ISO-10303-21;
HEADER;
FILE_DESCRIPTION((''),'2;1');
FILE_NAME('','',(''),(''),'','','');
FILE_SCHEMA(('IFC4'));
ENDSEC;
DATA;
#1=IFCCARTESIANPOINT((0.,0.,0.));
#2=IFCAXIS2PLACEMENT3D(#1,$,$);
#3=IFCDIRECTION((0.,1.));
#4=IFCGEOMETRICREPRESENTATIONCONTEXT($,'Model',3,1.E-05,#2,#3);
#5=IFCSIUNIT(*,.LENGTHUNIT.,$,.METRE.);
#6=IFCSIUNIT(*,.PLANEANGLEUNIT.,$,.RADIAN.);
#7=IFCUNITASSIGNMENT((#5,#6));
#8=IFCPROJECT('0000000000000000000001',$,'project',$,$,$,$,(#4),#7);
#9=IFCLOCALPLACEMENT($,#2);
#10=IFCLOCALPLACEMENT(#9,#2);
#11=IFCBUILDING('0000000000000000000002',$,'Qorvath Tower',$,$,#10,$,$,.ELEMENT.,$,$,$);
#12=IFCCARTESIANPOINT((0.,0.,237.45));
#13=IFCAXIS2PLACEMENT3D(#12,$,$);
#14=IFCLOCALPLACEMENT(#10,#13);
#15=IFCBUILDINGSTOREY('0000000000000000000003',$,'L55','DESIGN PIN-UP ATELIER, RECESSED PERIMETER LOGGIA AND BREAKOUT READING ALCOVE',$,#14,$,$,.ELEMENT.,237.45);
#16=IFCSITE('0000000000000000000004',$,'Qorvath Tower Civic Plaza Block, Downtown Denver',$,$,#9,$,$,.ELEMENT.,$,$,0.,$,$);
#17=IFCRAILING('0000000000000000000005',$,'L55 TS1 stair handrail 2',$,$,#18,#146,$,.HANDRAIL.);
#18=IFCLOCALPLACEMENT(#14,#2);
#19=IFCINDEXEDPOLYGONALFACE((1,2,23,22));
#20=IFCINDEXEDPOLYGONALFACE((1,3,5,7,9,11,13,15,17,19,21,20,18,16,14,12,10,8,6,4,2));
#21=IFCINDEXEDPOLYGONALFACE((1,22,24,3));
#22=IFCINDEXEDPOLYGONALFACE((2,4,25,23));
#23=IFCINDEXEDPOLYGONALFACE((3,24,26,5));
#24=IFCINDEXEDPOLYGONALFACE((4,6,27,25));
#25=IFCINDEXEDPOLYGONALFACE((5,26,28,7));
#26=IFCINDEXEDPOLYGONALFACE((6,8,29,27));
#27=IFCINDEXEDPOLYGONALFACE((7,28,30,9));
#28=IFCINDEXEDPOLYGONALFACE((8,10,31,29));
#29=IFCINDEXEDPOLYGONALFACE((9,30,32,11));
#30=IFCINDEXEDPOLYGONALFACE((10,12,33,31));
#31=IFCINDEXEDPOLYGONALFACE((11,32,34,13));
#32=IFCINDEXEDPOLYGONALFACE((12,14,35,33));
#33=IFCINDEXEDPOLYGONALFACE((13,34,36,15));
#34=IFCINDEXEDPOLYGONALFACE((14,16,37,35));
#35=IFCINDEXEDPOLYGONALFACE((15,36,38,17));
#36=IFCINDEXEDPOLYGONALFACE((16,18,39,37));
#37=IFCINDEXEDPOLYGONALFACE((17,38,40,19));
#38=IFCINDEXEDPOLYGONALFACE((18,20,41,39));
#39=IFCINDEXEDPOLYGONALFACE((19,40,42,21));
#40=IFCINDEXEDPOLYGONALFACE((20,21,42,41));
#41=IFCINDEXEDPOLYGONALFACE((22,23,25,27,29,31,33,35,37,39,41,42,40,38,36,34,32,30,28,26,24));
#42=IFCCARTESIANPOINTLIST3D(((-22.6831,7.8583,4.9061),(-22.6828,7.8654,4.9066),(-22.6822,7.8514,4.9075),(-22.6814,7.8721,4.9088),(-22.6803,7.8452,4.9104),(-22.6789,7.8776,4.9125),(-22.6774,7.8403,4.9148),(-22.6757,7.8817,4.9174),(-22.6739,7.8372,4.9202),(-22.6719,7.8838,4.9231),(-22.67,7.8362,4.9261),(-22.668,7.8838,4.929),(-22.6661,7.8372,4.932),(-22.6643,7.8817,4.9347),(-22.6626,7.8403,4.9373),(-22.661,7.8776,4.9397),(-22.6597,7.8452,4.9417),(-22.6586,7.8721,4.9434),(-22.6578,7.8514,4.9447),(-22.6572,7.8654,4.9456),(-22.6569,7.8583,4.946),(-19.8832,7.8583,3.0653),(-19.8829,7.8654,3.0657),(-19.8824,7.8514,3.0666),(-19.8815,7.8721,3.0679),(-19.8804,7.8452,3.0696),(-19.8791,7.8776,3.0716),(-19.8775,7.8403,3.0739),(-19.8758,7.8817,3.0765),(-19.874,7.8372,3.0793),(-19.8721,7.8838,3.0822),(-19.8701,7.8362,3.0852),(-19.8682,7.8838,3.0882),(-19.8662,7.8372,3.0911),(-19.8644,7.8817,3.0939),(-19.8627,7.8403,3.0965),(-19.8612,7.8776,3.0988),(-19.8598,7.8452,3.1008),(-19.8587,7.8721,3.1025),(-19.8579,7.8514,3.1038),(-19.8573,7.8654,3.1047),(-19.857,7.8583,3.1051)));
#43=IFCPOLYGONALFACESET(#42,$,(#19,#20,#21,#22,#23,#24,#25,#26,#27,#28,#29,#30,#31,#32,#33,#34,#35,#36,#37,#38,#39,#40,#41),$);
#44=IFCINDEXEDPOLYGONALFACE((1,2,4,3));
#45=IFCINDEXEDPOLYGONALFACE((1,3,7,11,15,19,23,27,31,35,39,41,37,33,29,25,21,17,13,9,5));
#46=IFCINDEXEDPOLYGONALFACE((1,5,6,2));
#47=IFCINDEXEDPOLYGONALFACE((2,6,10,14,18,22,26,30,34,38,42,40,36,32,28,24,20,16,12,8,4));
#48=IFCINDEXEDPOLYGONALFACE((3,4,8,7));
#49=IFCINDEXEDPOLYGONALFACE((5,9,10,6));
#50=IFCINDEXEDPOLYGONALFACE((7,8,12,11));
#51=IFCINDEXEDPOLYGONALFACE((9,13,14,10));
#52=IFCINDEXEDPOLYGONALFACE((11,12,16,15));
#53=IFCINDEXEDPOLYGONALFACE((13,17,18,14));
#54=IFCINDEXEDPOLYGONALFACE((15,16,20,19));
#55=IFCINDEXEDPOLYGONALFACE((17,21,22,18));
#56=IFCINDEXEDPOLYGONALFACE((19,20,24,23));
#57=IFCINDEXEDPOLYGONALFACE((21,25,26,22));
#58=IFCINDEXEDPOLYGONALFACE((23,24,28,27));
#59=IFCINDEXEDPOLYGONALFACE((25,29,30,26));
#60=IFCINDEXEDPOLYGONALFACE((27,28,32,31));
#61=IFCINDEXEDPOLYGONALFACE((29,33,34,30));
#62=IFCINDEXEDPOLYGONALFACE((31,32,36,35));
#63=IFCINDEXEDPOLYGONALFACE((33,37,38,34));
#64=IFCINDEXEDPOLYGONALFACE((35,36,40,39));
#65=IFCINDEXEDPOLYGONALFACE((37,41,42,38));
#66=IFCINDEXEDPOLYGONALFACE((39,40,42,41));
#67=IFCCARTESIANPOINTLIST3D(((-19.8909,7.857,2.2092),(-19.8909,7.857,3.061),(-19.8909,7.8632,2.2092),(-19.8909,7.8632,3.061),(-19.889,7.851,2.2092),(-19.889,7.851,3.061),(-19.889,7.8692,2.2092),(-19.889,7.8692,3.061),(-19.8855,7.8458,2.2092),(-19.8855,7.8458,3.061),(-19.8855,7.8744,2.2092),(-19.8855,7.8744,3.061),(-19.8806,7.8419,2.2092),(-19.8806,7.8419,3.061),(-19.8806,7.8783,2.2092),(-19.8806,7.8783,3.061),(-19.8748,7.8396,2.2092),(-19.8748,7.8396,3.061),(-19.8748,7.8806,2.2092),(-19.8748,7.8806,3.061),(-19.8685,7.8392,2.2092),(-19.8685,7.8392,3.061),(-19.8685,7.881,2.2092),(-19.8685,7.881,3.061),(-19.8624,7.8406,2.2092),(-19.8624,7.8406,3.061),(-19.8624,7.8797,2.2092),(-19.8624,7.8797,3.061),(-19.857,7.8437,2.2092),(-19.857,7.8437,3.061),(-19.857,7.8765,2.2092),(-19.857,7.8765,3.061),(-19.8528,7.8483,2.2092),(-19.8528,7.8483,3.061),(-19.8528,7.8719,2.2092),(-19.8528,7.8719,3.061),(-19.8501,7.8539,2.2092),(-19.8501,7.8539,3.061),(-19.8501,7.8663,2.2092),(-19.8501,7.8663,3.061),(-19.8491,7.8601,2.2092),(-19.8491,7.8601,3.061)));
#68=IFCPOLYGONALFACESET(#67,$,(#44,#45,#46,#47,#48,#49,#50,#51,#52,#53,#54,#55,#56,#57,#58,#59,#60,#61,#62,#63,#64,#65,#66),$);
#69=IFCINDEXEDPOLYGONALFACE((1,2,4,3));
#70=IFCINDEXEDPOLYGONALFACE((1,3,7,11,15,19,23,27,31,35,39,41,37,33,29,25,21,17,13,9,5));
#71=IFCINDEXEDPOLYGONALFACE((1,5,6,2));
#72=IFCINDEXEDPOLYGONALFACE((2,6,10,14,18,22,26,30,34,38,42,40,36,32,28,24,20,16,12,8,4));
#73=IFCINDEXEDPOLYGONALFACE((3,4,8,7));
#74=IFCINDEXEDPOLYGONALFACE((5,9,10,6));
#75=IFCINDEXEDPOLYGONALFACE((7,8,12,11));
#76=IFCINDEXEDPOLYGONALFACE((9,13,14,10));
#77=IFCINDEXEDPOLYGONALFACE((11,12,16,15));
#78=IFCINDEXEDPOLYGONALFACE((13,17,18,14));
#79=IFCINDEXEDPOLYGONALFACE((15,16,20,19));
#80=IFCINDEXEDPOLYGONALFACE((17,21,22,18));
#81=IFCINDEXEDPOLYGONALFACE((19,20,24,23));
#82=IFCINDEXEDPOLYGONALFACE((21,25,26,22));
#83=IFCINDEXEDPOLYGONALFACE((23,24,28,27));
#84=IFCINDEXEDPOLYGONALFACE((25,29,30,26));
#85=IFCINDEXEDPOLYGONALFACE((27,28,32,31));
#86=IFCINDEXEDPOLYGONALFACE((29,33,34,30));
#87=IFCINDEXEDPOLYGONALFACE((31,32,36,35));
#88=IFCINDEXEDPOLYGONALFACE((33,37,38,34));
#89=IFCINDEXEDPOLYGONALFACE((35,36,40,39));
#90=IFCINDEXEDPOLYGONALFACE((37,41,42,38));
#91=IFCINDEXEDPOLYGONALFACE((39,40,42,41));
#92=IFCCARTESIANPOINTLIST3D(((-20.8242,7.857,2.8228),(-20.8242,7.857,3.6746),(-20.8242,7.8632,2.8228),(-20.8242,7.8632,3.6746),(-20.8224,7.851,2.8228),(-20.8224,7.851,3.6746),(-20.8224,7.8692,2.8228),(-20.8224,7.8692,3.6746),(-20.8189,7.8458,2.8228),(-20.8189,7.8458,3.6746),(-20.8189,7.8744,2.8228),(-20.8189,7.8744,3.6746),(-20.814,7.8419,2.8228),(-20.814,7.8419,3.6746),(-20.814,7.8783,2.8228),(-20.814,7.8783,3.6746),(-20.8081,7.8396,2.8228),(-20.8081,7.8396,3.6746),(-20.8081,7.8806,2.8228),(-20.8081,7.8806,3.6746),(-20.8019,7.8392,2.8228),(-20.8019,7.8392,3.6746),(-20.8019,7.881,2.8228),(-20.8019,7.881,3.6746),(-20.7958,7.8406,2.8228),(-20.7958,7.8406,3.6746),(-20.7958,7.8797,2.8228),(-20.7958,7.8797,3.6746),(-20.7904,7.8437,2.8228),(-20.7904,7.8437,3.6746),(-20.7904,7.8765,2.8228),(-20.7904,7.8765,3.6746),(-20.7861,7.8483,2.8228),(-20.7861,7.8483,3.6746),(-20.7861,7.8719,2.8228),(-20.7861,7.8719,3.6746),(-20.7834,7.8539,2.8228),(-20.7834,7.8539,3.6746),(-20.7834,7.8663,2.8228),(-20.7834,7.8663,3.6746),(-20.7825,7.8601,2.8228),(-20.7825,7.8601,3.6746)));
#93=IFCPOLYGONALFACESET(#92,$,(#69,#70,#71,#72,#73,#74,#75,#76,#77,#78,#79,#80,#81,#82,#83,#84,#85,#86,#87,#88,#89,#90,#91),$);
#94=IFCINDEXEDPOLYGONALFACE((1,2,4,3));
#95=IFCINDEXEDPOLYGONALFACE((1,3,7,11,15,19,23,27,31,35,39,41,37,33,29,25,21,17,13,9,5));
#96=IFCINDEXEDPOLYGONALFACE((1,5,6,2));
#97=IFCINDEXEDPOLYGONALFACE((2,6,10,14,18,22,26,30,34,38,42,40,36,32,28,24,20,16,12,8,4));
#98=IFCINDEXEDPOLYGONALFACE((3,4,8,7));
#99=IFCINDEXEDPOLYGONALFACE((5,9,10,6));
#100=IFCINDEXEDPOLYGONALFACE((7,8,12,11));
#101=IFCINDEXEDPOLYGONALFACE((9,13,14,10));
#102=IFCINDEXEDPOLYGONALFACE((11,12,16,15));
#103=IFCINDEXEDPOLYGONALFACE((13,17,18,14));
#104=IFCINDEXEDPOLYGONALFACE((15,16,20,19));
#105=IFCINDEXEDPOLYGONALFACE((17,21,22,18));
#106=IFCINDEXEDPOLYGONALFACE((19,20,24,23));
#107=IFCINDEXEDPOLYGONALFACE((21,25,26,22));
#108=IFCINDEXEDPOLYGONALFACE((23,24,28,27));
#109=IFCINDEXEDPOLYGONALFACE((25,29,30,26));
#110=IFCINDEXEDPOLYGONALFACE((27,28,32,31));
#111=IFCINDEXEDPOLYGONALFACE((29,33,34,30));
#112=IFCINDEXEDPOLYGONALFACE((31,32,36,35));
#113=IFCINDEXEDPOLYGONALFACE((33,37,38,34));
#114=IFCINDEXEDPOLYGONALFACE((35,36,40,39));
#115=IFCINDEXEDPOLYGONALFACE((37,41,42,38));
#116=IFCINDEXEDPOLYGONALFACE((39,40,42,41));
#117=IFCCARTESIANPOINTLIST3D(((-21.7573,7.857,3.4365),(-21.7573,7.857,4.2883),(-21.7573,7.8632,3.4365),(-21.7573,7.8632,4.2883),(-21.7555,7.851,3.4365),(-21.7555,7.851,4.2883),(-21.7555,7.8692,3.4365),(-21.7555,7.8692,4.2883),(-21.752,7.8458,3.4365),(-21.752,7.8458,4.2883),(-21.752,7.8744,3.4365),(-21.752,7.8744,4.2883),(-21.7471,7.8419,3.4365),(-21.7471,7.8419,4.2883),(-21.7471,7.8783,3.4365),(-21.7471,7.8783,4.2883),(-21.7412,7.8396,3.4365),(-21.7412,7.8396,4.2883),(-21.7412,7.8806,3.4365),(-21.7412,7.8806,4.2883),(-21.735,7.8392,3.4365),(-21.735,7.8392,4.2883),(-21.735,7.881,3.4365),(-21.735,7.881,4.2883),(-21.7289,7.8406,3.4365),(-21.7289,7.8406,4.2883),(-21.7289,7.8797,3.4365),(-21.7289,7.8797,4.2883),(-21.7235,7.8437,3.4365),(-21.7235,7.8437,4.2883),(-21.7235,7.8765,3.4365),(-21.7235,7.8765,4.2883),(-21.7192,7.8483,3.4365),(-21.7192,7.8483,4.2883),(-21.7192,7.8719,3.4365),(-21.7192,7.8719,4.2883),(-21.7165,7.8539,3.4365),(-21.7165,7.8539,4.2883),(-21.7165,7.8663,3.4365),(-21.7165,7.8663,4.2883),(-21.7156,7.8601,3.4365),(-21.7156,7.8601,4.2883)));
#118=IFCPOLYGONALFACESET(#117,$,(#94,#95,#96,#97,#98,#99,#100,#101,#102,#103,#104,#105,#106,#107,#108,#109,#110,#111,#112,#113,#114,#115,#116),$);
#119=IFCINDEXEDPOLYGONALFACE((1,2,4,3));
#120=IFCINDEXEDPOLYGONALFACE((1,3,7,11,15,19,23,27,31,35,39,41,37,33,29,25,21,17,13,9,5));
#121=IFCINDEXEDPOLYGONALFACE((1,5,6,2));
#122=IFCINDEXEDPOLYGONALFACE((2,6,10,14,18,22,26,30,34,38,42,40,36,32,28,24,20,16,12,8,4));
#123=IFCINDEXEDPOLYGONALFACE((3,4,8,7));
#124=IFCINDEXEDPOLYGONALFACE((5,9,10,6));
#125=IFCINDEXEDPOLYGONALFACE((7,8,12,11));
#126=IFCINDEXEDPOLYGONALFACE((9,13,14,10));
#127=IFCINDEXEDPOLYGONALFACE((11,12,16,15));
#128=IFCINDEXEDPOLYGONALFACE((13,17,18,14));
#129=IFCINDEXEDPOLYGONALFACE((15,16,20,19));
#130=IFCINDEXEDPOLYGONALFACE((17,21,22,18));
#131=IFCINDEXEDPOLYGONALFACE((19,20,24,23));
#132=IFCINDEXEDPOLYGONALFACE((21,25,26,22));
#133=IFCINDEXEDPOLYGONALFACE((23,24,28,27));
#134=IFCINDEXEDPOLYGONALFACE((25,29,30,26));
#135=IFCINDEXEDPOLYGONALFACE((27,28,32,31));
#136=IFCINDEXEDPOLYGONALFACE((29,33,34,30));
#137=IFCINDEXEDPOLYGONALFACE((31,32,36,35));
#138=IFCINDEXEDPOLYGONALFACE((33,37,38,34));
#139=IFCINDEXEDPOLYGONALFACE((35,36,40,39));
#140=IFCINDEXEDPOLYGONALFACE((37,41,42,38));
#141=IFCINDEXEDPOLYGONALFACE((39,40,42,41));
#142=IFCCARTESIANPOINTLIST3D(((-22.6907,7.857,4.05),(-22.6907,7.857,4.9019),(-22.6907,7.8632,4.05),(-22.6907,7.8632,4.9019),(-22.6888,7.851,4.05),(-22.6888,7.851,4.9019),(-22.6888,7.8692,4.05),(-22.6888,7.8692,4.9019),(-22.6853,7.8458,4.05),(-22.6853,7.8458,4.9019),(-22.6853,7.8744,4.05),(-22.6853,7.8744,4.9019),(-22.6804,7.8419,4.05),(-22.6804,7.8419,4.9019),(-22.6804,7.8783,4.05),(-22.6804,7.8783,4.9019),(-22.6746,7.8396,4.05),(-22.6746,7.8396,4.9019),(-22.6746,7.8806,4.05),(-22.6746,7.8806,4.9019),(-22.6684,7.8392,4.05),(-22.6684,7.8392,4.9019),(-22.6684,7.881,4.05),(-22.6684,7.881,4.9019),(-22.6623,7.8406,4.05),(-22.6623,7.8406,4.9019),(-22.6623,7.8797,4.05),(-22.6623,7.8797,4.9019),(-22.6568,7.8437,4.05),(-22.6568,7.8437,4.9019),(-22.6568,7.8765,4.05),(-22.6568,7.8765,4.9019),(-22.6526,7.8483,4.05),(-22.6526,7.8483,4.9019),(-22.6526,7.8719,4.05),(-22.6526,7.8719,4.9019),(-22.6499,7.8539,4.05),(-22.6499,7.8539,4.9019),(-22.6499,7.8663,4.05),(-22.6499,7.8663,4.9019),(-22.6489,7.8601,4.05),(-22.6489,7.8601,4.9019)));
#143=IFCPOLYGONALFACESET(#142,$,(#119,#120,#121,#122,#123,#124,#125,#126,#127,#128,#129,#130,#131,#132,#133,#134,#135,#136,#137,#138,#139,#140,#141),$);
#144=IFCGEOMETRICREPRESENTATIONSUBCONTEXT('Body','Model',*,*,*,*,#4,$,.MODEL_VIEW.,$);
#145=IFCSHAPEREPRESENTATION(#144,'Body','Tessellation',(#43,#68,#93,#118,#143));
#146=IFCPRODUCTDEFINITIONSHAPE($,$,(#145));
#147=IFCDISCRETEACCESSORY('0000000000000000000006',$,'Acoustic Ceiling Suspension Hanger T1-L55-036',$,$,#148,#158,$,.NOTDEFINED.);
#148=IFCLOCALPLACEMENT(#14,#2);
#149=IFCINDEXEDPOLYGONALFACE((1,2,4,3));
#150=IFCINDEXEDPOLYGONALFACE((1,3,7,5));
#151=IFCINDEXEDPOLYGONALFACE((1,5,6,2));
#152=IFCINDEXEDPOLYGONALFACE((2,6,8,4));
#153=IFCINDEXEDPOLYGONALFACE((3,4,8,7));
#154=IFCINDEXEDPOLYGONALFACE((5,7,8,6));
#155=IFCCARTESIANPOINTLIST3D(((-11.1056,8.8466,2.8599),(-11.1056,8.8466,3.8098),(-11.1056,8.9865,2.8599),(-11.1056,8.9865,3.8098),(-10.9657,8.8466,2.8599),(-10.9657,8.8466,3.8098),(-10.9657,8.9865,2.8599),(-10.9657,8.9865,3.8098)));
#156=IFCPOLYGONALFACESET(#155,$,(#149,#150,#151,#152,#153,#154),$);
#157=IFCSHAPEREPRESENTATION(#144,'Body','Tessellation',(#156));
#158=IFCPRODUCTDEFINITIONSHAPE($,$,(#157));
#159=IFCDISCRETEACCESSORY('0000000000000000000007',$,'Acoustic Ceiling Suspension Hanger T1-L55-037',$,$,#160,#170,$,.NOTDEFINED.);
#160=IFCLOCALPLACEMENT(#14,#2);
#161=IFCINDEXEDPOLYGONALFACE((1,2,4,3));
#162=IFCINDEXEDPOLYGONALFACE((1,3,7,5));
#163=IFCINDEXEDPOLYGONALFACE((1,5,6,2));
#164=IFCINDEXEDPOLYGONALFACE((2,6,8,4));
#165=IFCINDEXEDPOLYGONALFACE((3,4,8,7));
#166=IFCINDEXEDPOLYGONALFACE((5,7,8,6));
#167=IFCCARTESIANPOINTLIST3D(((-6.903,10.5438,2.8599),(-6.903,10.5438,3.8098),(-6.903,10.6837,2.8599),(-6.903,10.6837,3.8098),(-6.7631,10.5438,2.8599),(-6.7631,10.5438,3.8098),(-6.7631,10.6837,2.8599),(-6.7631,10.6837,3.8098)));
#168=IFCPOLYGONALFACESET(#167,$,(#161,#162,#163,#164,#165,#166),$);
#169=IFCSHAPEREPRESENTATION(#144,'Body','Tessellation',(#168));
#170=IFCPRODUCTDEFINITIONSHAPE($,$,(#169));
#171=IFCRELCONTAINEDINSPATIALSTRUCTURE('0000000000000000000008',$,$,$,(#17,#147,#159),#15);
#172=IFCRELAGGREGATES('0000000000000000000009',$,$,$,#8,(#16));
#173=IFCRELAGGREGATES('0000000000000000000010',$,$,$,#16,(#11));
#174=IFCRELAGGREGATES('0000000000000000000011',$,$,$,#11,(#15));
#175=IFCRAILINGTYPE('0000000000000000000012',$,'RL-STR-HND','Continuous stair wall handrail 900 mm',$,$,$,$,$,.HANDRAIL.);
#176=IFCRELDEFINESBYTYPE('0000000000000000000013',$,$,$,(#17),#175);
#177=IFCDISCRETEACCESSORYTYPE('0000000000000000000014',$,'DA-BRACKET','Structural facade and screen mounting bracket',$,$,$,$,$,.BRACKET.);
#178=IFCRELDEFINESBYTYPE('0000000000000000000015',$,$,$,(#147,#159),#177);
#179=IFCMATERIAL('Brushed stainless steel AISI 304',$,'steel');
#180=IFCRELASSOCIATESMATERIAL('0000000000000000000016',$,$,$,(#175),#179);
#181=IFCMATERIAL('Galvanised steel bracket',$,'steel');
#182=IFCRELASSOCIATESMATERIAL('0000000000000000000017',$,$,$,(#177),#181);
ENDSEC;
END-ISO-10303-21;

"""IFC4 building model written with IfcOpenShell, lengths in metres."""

from ifc_helpers import new_model, si_unit, direction, frame, origin, origin_2d, place, context, subcontext, project, spatial, rectangle, circle, extrude, material, type_object, element, save


model = new_model("IFC4")

# Units and contexts
model_context = context("Model", 3, precision=1e-05, world=origin(), true_north=direction((0.0, 1.0)))
body_context = subcontext(model_context, "Body", "Model", "MODEL_VIEW")
ifc_project = project(units=[si_unit("LENGTHUNIT", "METRE"), si_unit("PLANEANGLEUNIT", "RADIAN")], contexts=[model_context])

# Site, building, storey
site_placement = place(None, origin())
site = spatial("IfcSite", under=ifc_project, at=site_placement, Name="Qorvath Tower Civic Plaza Block, Downtown Denver", CompositionType="ELEMENT", RefElevation=0.0)
building_placement = place(site_placement, origin())
building = spatial("IfcBuilding", under=site, at=building_placement, Name="Qorvath Tower", CompositionType="ELEMENT")
storey_placement = place(building_placement, frame((0.0, 0.0, 237.45)))
storey = spatial("IfcBuildingStorey", under=building, at=storey_placement, Name="L55", Description="DESIGN PIN-UP ATELIER, RECESSED PERIMETER LOGGIA AND BREAKOUT READING ALCOVE", CompositionType="ELEMENT", Elevation=237.45)

# Railing
ifc_material_1 = material(Name="Brushed stainless steel AISI 304", Category="steel")
railing_type_1 = type_object("IfcRailingType", Name="RL-STR-HND", Description="Continuous stair wall handrail 900 mm", PredefinedType="HANDRAIL", material=ifc_material_1)
railing_1_placement = place(storey_placement, frame((-19.8701, 7.8601, 2.2092)))
element("IfcRailing", 1, at=railing_1_placement, inside=storey, type_object=railing_type_1, Name="L55 TS1 stair handrail 2", PredefinedType="HANDRAIL", context=body_context, shape_type="SweptSolid", body=[
    extrude(circle(Radius=0.0239, at=origin_2d()), frame((0.0, 0.0, 0.876), z_axis=(-0.835576, 0.0, 0.549376), x_axis=(0.0, -1.0, 0.0)), (0.0, 0.0, 1.0), 3.3508),
    extrude(circle(Radius=0.021, at=origin_2d()), origin(), (0.0, 0.0, 1.0), 0.8518),
    extrude(circle(Radius=0.021, at=origin_2d()), frame((-0.9333, 0.0, 0.6135)), (0.0, 0.0, 1.0), 0.8518),
    extrude(circle(Radius=0.021, at=origin_2d()), frame((-1.8665, 0.0, 1.2273)), (0.0, 0.0, 1.0), 0.8518),
    extrude(circle(Radius=0.021, at=origin_2d()), frame((-2.7998, 0.0, 1.8408)), (0.0, 0.0, 1.0), 0.8518),
])

# Discrete accessories
ifc_material_2 = material(Name="Galvanised steel bracket", Category="steel")
discrete_accessory_type = type_object("IfcDiscreteAccessoryType", Name="DA-BRACKET", Description="Structural facade and screen mounting bracket", PredefinedType="BRACKET", material=ifc_material_2)
for number, where, z_axis, x_axis, name in (
    (2, (-11.0356, 8.9165, 2.8599), (0.0, 0.0, 1.0), (1.0, 0.0, 0.0), "Acoustic Ceiling Suspension Hanger T1-L55-036"),
    (3, (-6.833, 10.6138, 2.8599), (0.0, 0.0, 1.0), (1.0, 0.0, 0.0), "Acoustic Ceiling Suspension Hanger T1-L55-037"),
):
    element("IfcDiscreteAccessory", number, at=place(storey_placement, frame(where, z_axis=z_axis, x_axis=x_axis)), inside=storey, type_object=discrete_accessory_type, Name=name, PredefinedType="NOTDEFINED", context=body_context, shape_type="SweptSolid", body=[
        extrude(rectangle(XDim=0.1399, YDim=0.1399, at=origin_2d()), origin(), (0.0, 0.0, 1.0), 0.95),
    ])

save(model, "model.ifc")
